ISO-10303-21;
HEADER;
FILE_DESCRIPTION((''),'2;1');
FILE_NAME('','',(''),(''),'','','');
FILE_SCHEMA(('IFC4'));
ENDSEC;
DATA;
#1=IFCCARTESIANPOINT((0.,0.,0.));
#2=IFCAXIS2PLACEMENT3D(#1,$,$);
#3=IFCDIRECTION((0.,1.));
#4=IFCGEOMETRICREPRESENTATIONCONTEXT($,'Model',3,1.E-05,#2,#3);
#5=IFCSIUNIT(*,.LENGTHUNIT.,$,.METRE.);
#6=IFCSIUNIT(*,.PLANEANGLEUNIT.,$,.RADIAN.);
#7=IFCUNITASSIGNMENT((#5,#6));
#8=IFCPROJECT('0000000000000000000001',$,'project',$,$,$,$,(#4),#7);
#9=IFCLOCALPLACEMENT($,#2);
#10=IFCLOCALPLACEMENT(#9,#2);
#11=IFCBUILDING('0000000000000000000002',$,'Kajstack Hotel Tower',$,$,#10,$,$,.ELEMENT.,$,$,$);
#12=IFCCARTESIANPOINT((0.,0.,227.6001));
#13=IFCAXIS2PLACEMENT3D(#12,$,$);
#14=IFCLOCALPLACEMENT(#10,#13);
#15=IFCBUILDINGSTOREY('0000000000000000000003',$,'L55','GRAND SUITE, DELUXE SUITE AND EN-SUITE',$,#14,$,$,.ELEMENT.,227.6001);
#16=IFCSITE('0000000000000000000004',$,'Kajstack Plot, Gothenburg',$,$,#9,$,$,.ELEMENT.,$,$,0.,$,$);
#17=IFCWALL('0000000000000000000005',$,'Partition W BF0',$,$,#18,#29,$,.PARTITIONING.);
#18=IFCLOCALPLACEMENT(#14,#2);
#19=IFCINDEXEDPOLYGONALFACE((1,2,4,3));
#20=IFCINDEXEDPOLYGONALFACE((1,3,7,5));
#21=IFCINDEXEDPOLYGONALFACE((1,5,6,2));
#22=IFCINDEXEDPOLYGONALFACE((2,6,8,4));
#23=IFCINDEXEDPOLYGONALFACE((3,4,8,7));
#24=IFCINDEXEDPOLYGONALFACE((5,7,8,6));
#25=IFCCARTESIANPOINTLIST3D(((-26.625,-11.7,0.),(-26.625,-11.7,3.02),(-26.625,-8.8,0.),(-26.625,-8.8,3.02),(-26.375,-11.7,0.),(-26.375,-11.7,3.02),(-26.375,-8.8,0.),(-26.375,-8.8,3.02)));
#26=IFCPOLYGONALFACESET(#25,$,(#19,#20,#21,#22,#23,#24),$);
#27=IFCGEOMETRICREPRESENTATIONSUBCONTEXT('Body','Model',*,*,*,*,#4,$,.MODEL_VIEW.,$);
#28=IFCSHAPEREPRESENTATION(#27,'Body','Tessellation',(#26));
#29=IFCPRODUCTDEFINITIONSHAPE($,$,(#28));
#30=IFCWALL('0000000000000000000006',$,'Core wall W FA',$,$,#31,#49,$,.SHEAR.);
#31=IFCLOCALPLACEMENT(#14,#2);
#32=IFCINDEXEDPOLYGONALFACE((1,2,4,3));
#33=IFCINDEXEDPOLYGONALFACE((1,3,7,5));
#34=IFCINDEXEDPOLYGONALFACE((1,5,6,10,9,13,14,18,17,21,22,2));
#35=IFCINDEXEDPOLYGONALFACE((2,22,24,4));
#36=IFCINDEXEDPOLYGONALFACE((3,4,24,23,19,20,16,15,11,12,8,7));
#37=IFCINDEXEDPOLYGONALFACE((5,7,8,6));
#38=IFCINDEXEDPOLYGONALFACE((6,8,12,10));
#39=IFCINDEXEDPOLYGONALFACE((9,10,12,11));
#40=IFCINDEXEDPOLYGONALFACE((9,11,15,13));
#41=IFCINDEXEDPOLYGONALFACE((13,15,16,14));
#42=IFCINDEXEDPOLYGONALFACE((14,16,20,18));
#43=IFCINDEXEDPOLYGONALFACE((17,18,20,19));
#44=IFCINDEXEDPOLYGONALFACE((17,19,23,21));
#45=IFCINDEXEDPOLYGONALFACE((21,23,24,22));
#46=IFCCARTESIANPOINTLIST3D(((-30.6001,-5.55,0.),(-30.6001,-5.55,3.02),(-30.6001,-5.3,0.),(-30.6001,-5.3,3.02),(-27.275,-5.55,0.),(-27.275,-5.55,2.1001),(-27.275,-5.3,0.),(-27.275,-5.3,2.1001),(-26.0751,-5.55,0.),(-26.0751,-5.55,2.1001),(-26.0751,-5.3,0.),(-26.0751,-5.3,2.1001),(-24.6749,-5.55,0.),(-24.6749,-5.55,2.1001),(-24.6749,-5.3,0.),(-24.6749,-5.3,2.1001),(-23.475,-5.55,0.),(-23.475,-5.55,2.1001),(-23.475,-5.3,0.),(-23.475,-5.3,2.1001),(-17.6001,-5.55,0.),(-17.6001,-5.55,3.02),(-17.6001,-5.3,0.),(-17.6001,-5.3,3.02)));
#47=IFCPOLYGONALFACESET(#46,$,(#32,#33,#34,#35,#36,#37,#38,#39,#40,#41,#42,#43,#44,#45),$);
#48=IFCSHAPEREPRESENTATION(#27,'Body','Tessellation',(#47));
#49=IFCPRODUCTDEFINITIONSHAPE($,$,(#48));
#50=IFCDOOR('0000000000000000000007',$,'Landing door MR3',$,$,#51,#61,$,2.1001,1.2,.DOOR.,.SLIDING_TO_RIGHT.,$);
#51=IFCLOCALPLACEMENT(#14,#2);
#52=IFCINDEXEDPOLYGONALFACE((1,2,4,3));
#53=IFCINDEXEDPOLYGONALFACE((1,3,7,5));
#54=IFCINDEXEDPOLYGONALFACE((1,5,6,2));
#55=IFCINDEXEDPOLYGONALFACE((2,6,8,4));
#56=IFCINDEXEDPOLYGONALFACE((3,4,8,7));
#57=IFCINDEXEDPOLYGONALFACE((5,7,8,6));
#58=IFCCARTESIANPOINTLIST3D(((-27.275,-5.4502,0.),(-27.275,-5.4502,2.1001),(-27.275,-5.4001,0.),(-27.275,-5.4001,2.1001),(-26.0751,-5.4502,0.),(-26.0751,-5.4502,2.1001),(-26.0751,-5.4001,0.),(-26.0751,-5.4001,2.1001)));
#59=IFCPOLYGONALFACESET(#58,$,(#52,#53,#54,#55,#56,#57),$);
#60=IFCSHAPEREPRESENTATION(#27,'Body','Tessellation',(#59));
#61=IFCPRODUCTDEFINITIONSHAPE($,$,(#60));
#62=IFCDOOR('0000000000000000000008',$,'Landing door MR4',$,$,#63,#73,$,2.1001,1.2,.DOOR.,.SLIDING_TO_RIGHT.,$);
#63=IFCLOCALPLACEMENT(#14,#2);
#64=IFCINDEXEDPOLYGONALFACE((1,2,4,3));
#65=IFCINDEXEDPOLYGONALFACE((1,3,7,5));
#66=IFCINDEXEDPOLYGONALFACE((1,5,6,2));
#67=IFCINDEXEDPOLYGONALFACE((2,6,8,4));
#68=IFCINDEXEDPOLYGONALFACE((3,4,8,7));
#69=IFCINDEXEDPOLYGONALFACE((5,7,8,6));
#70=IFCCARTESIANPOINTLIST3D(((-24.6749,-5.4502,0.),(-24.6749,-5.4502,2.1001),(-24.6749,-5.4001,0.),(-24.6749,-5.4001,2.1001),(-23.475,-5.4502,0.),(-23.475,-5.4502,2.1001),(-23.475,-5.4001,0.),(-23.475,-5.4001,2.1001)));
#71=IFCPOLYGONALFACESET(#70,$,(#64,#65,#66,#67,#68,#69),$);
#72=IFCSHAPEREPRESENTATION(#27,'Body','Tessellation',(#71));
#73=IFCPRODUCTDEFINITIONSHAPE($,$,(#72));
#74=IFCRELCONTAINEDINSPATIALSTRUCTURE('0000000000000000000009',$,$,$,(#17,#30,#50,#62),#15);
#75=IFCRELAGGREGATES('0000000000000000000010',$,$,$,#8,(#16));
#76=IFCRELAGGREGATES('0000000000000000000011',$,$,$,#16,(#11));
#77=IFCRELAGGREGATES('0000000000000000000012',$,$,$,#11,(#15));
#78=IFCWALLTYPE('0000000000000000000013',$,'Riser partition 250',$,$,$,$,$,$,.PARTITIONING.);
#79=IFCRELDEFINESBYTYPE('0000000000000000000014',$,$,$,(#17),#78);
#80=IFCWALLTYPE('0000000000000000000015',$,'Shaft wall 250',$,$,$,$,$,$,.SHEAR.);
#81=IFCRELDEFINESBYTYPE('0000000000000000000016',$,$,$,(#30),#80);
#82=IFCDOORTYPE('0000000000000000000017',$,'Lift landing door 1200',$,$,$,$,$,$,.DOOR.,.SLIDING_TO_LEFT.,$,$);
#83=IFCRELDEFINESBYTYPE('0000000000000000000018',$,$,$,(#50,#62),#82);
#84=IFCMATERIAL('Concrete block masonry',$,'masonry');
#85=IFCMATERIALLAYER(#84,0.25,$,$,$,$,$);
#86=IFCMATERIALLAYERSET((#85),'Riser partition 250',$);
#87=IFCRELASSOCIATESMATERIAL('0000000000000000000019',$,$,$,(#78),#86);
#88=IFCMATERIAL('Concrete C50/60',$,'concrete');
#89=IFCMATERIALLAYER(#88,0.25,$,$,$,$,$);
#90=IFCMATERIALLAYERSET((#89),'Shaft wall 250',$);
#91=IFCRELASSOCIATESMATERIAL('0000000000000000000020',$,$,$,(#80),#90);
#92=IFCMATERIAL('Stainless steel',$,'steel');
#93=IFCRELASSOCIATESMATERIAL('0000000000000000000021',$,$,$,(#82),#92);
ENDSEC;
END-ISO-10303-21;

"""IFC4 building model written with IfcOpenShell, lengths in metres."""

from ifc_helpers import new_model, si_unit, direction, frame, frame_2d, origin, place, context, subcontext, project, spatial, rectangle, extrude, material, layer, layer_set, type_object, element, fill, save


model = new_model("IFC4")

# Units and contexts
model_context = context("Model", 3, precision=1e-05, world=origin(), true_north=direction((0.0, 1.0)))
body_context = subcontext(model_context, "Body", "Model", "MODEL_VIEW")
ifc_project = project(units=[si_unit("LENGTHUNIT", "METRE"), si_unit("PLANEANGLEUNIT", "RADIAN")], contexts=[model_context])

# Site, building, storey
site_placement = place(None, origin())
site = spatial("IfcSite", under=ifc_project, at=site_placement, Name="Kajstack Plot, Gothenburg", CompositionType="ELEMENT", RefElevation=0.0)
building_placement = place(site_placement, origin())
building = spatial("IfcBuilding", under=site, at=building_placement, Name="Kajstack Hotel Tower", CompositionType="ELEMENT")
storey_placement = place(building_placement, frame((0.0, 0.0, 227.6001)))
storey = spatial("IfcBuildingStorey", under=building, at=storey_placement, Name="L55", Description="GRAND SUITE, DELUXE SUITE AND EN-SUITE", CompositionType="ELEMENT", Elevation=227.6001)

# Wall
ifc_material_1 = material(Name="Concrete block masonry", Category="masonry")
ifc_layer_1 = layer(ifc_material_1, 0.25)
ifc_layer_set_1 = layer_set([ifc_layer_1], Name="Riser partition 250")
wall_type_1 = type_object("IfcWallType", Name="Riser partition 250", PredefinedType="PARTITIONING", material=ifc_layer_set_1)
wall_1_placement = place(storey_placement, frame((-26.5, -11.7, 0.0), z_axis=(0.0, 0.0, 1.0), x_axis=(0.0, 1.0, 0.0)))
element("IfcWall", 1, at=wall_1_placement, inside=storey, type_object=wall_type_1, Name="Partition W BF0", PredefinedType="PARTITIONING", context=body_context, shape_type="SweptSolid", body=[
    extrude(rectangle(XDim=2.8999, YDim=0.25, at=frame_2d((1.45, 0.0))), origin(), (0.0, 0.0, 1.0), 3.02),
])

# Wall, openings, doors
ifc_material_2 = material(Name="Concrete C50/60", Category="concrete")
ifc_layer_2 = layer(ifc_material_2, 0.25)
ifc_layer_set_2 = layer_set([ifc_layer_2], Name="Shaft wall 250")
wall_type_2 = type_object("IfcWallType", Name="Shaft wall 250", PredefinedType="SHEAR", material=ifc_layer_set_2)
wall_2_placement = place(storey_placement, frame((-30.6001, -5.425, 0.0), z_axis=(0.0, 0.0, 1.0), x_axis=(1.0, 0.0, 0.0)))
wall_2 = element("IfcWall", 2, at=wall_2_placement, inside=storey, type_object=wall_type_2, Name="Core wall W FA", PredefinedType="SHEAR", context=body_context, shape_type="SweptSolid", body=[
    extrude(rectangle(XDim=13.0, YDim=0.25, at=frame_2d((6.5, 0.0))), origin(), (0.0, 0.0, 1.0), 3.02),
])
opening_1_placement = place(wall_2_placement, frame((3.325, 0.0, 0.0)))
opening_1 = element("IfcOpeningElement", 3, at=opening_1_placement, cuts=wall_2, PredefinedType="OPENING", context=body_context, shape_type="SweptSolid", body=[
    extrude(rectangle(XDim=1.2, YDim=2.1001, at=frame_2d((0.6001, 1.05))), frame((0.0, 0.135, 0.0), z_axis=(0.0, -1.0, 0.0), x_axis=(1.0, 0.0, 0.0)), (0.0, 0.0, 1.0), 0.27),
])
opening_2_placement = place(wall_2_placement, frame((5.925, 0.0, 0.0)))
opening_2 = element("IfcOpeningElement", 4, at=opening_2_placement, cuts=wall_2, PredefinedType="OPENING", context=body_context, shape_type="SweptSolid", body=[
    extrude(rectangle(XDim=1.2, YDim=2.1001, at=frame_2d((0.6001, 1.05))), frame((0.0, 0.135, 0.0), z_axis=(0.0, -1.0, 0.0), x_axis=(1.0, 0.0, 0.0)), (0.0, 0.0, 1.0), 0.27),
])
ifc_material_3 = material(Name="Stainless steel", Category="steel")
door_type_1 = type_object("IfcDoorType", Name="Lift landing door 1200", OperationType="SLIDING_TO_LEFT", PredefinedType="DOOR", material=ifc_material_3)
door_1_placement = place(opening_1_placement, origin())
door_1 = element("IfcDoor", 5, at=door_1_placement, inside=storey, type_object=door_type_1, Name="Landing door MR3", OperationType="SLIDING_TO_RIGHT", OverallHeight=2.1001, OverallWidth=1.2, PredefinedType="DOOR", context=body_context, shape_type="SweptSolid", body=[
    extrude(rectangle(XDim=1.2, YDim=2.1001, at=frame_2d((0.6001, 1.05))), frame((0.0, 0.0249, 0.0), z_axis=(0.0, -1.0, 0.0), x_axis=(1.0, 0.0, 0.0)), (0.0, 0.0, 1.0), 0.05),
])
fill(opening_1, door_1)
door_2_placement = place(opening_2_placement, origin())
door_2 = element("IfcDoor", 6, at=door_2_placement, inside=storey, type_object=door_type_1, Name="Landing door MR4", OperationType="SLIDING_TO_RIGHT", OverallHeight=2.1001, OverallWidth=1.2, PredefinedType="DOOR", context=body_context, shape_type="SweptSolid", body=[
    extrude(rectangle(XDim=1.2, YDim=2.1001, at=frame_2d((0.6001, 1.05))), frame((0.0, 0.0249, 0.0), z_axis=(0.0, -1.0, 0.0), x_axis=(1.0, 0.0, 0.0)), (0.0, 0.0, 1.0), 0.05),
])
fill(opening_2, door_2)

save(model, "model.ifc")
